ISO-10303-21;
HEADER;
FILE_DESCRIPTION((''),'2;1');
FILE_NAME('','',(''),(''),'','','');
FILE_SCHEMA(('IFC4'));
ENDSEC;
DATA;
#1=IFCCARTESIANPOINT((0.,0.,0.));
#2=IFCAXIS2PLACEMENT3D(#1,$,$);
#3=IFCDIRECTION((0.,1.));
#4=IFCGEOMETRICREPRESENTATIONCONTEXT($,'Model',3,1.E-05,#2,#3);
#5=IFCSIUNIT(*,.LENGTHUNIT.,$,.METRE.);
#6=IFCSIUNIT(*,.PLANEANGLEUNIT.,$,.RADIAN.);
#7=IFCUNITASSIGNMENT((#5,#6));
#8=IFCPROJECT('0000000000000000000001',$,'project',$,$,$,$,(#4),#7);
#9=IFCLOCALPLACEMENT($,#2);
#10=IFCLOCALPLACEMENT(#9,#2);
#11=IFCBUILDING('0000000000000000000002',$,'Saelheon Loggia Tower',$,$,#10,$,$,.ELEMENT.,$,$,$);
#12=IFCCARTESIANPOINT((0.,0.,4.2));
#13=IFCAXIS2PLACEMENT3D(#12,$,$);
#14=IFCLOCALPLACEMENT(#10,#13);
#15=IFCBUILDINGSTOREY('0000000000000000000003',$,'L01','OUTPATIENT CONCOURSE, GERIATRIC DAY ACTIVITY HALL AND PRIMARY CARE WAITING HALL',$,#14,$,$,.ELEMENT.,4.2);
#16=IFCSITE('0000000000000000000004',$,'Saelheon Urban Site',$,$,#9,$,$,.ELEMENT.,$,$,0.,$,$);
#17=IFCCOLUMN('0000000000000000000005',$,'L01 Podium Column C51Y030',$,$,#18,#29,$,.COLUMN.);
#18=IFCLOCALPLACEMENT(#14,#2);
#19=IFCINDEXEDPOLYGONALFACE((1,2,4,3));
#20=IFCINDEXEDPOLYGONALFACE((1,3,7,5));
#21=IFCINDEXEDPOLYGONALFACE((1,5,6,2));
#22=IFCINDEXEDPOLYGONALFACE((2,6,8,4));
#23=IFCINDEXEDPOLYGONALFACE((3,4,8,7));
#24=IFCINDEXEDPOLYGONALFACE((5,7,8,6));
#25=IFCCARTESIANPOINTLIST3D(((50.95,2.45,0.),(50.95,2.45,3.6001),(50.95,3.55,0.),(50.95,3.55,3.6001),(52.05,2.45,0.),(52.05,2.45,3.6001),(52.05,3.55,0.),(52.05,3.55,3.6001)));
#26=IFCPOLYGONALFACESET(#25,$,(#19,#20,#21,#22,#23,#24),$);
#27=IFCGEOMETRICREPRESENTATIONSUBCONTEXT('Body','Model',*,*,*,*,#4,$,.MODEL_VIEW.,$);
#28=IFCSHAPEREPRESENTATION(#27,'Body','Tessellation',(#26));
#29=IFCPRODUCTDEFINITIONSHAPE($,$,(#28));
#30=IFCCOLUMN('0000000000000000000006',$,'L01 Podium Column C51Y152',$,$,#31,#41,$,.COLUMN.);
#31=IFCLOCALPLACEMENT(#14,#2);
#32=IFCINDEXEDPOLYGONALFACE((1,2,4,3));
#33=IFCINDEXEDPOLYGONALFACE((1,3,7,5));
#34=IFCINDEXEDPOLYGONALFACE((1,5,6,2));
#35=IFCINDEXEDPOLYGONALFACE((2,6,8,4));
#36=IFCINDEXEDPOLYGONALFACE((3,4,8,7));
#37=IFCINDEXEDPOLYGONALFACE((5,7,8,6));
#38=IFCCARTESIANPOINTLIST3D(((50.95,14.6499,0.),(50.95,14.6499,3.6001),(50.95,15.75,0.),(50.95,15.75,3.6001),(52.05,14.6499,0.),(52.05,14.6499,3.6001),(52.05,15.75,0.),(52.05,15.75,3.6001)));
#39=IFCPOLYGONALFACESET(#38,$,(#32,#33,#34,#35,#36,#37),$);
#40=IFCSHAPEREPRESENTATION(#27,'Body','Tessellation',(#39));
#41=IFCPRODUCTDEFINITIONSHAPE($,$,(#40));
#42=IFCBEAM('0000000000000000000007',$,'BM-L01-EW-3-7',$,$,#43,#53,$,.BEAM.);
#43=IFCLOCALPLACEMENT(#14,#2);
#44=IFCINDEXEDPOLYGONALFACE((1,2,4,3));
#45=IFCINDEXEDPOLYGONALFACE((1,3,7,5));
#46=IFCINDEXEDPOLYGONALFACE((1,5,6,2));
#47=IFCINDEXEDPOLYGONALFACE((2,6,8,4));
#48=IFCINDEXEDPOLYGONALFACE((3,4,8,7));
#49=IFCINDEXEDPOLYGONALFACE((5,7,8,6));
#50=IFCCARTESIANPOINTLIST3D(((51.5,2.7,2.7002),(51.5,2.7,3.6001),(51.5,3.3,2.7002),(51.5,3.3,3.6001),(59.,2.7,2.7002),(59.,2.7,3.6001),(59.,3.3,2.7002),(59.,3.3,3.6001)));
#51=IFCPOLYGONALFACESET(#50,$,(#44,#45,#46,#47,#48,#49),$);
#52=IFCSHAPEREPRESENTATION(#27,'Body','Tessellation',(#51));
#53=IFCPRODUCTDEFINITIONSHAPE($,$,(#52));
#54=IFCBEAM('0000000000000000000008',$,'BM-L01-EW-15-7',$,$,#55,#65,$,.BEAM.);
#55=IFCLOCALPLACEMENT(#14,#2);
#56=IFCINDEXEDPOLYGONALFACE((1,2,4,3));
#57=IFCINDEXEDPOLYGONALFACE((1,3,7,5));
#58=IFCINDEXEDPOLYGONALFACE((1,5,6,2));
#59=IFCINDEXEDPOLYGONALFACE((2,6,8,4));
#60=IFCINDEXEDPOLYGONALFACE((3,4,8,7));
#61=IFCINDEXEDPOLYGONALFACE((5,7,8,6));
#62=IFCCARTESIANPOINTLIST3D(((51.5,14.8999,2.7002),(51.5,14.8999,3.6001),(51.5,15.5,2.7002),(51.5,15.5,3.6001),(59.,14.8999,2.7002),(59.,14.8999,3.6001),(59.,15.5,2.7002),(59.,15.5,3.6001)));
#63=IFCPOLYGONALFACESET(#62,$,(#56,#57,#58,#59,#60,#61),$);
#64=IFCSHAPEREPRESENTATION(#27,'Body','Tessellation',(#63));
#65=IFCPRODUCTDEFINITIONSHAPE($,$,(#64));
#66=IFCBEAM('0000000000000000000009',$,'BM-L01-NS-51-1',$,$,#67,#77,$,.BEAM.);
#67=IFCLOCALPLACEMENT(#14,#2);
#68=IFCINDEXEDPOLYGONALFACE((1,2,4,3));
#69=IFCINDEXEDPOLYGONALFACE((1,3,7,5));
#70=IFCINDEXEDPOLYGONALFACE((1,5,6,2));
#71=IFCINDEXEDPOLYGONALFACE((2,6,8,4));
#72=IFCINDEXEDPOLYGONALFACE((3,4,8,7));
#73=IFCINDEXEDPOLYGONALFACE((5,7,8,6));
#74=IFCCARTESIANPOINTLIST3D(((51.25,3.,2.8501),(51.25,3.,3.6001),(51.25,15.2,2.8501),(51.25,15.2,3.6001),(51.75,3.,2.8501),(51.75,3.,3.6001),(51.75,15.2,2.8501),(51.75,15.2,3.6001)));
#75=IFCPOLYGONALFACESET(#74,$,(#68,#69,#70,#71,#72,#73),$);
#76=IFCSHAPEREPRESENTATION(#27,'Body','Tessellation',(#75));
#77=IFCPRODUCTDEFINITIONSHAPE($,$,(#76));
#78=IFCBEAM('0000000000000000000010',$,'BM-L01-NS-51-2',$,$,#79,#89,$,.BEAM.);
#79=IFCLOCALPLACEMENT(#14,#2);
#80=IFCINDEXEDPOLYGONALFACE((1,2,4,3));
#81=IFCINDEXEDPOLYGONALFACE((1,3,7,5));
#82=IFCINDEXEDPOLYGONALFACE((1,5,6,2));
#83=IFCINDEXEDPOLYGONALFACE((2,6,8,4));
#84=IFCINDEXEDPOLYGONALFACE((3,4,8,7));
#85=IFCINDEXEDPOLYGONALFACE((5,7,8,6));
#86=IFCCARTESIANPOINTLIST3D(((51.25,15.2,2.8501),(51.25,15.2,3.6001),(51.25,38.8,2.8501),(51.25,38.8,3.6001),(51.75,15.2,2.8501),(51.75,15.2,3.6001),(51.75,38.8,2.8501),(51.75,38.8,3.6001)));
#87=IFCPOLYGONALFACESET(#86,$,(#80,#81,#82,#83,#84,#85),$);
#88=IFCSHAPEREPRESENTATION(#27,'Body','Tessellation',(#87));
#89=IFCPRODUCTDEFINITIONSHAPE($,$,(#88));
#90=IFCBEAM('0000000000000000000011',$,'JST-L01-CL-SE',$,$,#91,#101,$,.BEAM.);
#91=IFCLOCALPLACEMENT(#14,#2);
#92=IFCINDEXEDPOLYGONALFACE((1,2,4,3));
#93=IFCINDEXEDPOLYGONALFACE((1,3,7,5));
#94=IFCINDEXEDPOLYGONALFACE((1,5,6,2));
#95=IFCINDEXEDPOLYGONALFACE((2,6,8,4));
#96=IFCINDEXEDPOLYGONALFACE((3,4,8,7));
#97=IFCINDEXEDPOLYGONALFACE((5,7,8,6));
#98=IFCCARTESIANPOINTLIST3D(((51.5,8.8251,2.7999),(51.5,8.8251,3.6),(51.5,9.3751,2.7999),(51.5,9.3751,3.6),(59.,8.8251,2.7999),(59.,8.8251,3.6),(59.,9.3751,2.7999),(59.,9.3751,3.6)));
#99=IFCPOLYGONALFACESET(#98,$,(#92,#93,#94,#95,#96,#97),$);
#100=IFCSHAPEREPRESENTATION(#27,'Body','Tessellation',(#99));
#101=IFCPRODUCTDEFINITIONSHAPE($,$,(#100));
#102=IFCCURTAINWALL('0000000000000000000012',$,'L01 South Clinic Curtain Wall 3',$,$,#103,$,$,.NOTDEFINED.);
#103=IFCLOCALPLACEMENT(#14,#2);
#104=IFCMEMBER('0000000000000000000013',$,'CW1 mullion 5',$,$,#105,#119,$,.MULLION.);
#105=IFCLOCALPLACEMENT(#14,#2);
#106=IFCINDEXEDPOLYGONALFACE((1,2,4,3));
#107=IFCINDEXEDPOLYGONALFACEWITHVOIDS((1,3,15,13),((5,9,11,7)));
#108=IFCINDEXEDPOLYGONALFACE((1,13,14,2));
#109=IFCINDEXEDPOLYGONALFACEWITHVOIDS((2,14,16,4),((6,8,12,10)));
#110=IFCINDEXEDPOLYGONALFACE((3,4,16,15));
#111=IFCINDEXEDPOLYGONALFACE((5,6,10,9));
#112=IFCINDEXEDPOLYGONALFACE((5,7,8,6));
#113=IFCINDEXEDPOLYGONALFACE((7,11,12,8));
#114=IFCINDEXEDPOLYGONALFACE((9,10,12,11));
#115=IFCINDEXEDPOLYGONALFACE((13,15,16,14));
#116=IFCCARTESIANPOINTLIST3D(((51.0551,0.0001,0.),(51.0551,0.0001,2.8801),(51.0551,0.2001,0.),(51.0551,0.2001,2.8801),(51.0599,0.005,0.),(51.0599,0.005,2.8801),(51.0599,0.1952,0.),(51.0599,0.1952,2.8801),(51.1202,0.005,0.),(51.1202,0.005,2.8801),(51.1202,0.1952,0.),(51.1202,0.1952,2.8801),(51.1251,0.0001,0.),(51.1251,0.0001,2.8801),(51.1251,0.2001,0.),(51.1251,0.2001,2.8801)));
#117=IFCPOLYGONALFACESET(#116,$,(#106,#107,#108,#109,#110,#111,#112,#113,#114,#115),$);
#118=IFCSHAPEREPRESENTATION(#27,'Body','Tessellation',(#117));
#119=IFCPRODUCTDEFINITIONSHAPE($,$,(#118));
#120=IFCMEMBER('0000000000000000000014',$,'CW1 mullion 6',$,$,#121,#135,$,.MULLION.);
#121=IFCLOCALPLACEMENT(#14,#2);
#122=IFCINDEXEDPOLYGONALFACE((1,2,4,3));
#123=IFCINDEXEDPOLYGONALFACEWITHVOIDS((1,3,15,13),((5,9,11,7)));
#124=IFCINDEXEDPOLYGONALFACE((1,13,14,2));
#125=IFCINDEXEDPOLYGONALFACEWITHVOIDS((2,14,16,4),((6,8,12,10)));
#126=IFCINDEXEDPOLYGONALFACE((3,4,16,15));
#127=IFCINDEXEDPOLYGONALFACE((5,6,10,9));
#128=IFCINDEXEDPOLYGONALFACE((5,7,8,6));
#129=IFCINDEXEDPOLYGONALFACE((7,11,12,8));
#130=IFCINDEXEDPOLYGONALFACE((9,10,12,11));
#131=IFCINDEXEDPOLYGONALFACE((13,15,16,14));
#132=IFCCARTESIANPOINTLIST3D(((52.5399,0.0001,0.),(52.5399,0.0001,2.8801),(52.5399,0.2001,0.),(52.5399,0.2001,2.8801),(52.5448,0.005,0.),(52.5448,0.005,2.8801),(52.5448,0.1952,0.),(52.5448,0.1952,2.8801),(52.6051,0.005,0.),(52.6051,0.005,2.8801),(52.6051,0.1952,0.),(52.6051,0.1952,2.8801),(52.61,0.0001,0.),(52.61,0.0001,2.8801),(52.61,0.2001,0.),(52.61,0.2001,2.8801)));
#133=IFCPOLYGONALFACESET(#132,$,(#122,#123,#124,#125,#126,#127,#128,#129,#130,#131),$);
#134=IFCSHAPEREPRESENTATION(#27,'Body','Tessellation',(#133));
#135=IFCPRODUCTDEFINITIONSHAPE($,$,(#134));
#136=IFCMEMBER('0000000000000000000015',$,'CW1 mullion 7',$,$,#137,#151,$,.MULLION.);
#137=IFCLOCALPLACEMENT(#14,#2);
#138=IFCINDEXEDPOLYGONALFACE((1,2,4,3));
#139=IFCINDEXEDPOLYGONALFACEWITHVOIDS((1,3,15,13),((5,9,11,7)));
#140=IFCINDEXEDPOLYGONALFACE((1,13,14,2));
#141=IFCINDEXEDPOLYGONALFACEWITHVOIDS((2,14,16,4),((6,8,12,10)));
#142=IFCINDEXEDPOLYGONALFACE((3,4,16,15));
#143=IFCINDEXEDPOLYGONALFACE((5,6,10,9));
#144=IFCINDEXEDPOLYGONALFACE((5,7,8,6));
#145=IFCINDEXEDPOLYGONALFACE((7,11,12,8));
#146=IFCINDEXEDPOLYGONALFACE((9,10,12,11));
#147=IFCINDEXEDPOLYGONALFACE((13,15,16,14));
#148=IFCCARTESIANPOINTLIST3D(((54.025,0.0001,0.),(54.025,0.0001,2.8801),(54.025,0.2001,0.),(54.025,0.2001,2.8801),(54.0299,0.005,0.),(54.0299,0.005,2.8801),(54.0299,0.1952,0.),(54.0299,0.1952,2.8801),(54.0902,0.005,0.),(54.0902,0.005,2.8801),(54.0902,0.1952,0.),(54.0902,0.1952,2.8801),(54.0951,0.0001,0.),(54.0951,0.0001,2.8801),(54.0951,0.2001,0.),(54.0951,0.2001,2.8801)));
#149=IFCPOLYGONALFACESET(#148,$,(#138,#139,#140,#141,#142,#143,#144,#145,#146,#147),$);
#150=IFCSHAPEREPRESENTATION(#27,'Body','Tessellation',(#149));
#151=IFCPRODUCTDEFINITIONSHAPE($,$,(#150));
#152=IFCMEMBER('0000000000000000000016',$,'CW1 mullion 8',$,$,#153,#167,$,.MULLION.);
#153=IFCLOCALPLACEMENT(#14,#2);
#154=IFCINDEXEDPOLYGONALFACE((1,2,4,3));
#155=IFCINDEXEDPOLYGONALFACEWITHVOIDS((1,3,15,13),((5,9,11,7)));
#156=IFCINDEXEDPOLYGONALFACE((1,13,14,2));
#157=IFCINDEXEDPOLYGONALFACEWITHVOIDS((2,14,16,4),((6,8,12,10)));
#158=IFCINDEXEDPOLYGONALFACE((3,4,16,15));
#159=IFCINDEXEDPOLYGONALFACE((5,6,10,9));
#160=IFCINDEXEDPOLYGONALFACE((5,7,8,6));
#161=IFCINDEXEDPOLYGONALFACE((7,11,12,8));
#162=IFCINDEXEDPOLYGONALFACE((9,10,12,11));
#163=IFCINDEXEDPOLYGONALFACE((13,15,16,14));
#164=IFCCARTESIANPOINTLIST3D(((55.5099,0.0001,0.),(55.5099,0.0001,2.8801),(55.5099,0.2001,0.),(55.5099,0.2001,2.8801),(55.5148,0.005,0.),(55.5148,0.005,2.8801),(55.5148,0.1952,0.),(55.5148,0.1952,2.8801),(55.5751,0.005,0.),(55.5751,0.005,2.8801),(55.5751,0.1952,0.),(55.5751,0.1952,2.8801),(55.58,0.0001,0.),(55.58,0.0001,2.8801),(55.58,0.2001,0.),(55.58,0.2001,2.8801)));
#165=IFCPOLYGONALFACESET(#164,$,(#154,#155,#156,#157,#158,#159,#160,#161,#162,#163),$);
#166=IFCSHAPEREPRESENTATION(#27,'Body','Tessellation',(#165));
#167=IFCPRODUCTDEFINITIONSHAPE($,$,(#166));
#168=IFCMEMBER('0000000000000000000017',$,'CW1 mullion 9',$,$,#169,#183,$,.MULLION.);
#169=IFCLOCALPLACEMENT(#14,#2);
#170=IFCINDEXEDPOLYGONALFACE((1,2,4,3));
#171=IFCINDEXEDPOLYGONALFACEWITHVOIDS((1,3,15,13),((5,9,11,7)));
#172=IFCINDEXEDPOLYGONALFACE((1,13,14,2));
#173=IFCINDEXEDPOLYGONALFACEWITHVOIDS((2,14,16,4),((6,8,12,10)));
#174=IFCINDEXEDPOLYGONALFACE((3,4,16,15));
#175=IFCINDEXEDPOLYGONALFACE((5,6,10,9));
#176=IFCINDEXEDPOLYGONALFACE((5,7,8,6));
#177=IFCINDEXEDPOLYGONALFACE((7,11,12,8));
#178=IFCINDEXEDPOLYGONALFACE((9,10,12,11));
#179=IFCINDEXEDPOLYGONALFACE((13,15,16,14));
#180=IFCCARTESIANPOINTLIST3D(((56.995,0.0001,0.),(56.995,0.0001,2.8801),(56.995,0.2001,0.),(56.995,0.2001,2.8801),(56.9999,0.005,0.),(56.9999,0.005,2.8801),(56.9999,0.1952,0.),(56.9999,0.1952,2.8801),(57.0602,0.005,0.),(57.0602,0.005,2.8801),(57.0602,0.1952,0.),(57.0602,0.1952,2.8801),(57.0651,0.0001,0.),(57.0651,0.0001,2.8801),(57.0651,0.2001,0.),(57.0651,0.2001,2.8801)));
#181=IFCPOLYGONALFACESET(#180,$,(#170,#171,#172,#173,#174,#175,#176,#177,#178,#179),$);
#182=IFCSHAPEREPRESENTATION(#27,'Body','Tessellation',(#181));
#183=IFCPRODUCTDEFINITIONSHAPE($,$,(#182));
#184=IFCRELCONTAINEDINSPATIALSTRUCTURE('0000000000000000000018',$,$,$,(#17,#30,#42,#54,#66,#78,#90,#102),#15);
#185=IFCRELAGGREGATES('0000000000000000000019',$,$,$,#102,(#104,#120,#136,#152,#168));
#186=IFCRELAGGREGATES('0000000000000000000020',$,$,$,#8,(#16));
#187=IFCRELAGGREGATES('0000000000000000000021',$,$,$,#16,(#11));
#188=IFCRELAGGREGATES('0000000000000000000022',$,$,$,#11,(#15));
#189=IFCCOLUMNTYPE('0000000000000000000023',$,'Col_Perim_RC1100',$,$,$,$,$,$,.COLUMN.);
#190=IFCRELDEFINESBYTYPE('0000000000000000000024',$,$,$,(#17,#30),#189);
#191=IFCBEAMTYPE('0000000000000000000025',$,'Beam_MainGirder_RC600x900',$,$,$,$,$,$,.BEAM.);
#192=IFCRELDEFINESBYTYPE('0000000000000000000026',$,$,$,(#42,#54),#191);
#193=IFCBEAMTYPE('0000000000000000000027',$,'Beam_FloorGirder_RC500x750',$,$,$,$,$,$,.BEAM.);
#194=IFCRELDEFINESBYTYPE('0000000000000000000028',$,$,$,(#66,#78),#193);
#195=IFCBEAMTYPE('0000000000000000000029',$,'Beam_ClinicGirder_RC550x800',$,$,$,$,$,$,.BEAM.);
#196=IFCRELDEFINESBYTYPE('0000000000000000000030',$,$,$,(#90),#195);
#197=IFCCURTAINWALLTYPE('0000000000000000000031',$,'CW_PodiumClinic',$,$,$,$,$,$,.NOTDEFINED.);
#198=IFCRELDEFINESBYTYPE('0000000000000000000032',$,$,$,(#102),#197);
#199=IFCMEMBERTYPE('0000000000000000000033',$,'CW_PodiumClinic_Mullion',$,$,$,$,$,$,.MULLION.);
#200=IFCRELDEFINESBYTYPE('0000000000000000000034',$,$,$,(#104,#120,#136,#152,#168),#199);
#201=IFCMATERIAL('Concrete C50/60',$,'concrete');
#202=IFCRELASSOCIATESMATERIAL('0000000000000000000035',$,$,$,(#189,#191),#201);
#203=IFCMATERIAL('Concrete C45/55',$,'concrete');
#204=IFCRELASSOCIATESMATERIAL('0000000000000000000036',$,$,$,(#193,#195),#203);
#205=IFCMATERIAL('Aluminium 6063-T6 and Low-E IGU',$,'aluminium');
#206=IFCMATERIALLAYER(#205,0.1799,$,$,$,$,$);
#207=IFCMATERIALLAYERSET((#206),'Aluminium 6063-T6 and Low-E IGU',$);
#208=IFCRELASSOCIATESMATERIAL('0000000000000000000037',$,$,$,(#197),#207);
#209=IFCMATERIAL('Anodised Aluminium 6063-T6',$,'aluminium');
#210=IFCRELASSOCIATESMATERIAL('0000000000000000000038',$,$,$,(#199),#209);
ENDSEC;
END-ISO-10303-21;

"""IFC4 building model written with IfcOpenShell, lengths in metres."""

from ifc_helpers import new_model, si_unit, direction, frame, origin, origin_2d, place, context, subcontext, project, spatial, rectangle, hollow_rectangle, extrude, source, transform, mapped, material, layer, layer_set, material_profile, profile_set, type_object, element, aggregate, save


model = new_model("IFC4")

# Units and contexts
model_context = context("Model", 3, precision=1e-05, world=origin(), true_north=direction((0.0, 1.0)))
body_context = subcontext(model_context, "Body", "Model", "MODEL_VIEW")
ifc_project = project(units=[si_unit("LENGTHUNIT", "METRE"), si_unit("PLANEANGLEUNIT", "RADIAN")], contexts=[model_context])

# Site, building, storey
site_placement = place(None, origin())
site = spatial("IfcSite", under=ifc_project, at=site_placement, Name="Saelheon Urban Site", CompositionType="ELEMENT", RefElevation=0.0)
building_placement = place(site_placement, origin())
building = spatial("IfcBuilding", under=site, at=building_placement, Name="Saelheon Loggia Tower", CompositionType="ELEMENT")
storey_placement = place(building_placement, frame((0.0, 0.0, 4.2)))
storey = spatial("IfcBuildingStorey", under=building, at=storey_placement, Name="L01", Description="OUTPATIENT CONCOURSE, GERIATRIC DAY ACTIVITY HALL AND PRIMARY CARE WAITING HALL", CompositionType="ELEMENT", Elevation=4.2)

# Columns
ifc_material_1 = material(Name="Concrete C50/60", Category="concrete")
ifc_material_profile_1 = material_profile(ifc_material_1, rectangle(XDim=1.1001, YDim=1.1001, at=origin_2d()), Name="RC-1100x1100")
ifc_profile_set_1 = profile_set([ifc_material_profile_1], Name="Concrete C50/60")
column_type = type_object("IfcColumnType", Name="Col_Perim_RC1100", PredefinedType="COLUMN", material=ifc_profile_set_1)
shared_shape_1 = source(origin(), body_context, "Body", "SweptSolid", [
    extrude(rectangle(XDim=1.1001, YDim=1.1001, at=origin_2d()), origin(), (0.0, 0.0, 1.0), 3.6001),
])
for number, where, z_axis, x_axis, name in (
    (1, (51.5, 3.0, 0.0), (0.0, 0.0, 1.0), (1.0, 0.0, 0.0), "L01 Podium Column C51Y030"),
    (2, (51.5, 15.2, 0.0), (0.0, 0.0, 1.0), (1.0, 0.0, 0.0), "L01 Podium Column C51Y152"),
):
    element("IfcColumn", number, at=place(storey_placement, frame(where, z_axis=z_axis, x_axis=x_axis)), inside=storey, type_object=column_type, Name=name, PredefinedType="COLUMN", context=body_context, shape_type="MappedRepresentation", body=[
        mapped(shared_shape_1, transform((0.0, 0.0, 0.0), scale=1.0)),
    ])

# Beams
ifc_material_profile_2 = material_profile(ifc_material_1, rectangle(XDim=0.6001, YDim=0.8999, at=origin_2d()), Name="RC-600x900")
ifc_profile_set_2 = profile_set([ifc_material_profile_2], Name="Concrete C50/60")
beam_type_1 = type_object("IfcBeamType", Name="Beam_MainGirder_RC600x900", PredefinedType="BEAM", material=ifc_profile_set_2)
shared_shape_2 = source(origin(), body_context, "Body", "SweptSolid", [
    extrude(rectangle(XDim=0.6001, YDim=0.8999, at=origin_2d()), origin(), (0.0, 0.0, 1.0), 7.5),
])
for number, where, z_axis, x_axis, name in (
    (3, (51.5, 3.0, 3.1501), (1.0, 0.0, 0.0), (0.0, 1.0, 0.0), "BM-L01-EW-3-7"),
    (4, (51.5, 15.2, 3.1501), (1.0, 0.0, 0.0), (0.0, 1.0, 0.0), "BM-L01-EW-15-7"),
):
    element("IfcBeam", number, at=place(storey_placement, frame(where, z_axis=z_axis, x_axis=x_axis)), inside=storey, type_object=beam_type_1, Name=name, PredefinedType="BEAM", context=body_context, shape_type="MappedRepresentation", body=[
        mapped(shared_shape_2, transform((0.0, 0.0, 0.0), scale=1.0)),
    ])
ifc_material_2 = material(Name="Concrete C45/55", Category="concrete")
ifc_material_profile_3 = material_profile(ifc_material_2, rectangle(XDim=0.5, YDim=0.75, at=origin_2d()), Name="RC-500x750")
ifc_profile_set_3 = profile_set([ifc_material_profile_3], Name="Concrete C45/55")
beam_type_2 = type_object("IfcBeamType", Name="Beam_FloorGirder_RC500x750", PredefinedType="BEAM", material=ifc_profile_set_3)
shared_shape_3 = source(origin(), body_context, "Body", "SweptSolid", [
    extrude(rectangle(XDim=0.5, YDim=0.75, at=origin_2d()), origin(), (0.0, 0.0, 1.0), 12.2),
])
beam_1_placement = place(storey_placement, frame((51.5, 3.0, 3.2251), z_axis=(0.0, 1.0, 0.0), x_axis=(-1.0, 0.0, 0.0)))
element("IfcBeam", 5, at=beam_1_placement, inside=storey, type_object=beam_type_2, Name="BM-L01-NS-51-1", PredefinedType="BEAM", context=body_context, shape_type="MappedRepresentation", body=[
    mapped(shared_shape_3, transform((0.0, 0.0, 0.0), scale=1.0)),
])
shared_shape_4 = source(origin(), body_context, "Body", "SweptSolid", [
    extrude(rectangle(XDim=0.5, YDim=0.75, at=origin_2d()), origin(), (0.0, 0.0, 1.0), 23.6001),
])
beam_2_placement = place(storey_placement, frame((51.5, 15.2, 3.2251), z_axis=(0.0, 1.0, 0.0), x_axis=(-1.0, 0.0, 0.0)))
element("IfcBeam", 6, at=beam_2_placement, inside=storey, type_object=beam_type_2, Name="BM-L01-NS-51-2", PredefinedType="BEAM", context=body_context, shape_type="MappedRepresentation", body=[
    mapped(shared_shape_4, transform((0.0, 0.0, 0.0), scale=1.0)),
])
ifc_material_profile_4 = material_profile(ifc_material_2, rectangle(XDim=0.55, YDim=0.8, at=origin_2d()), Name="RC-550x800")
ifc_profile_set_4 = profile_set([ifc_material_profile_4], Name="Concrete C45/55")
beam_type_3 = type_object("IfcBeamType", Name="Beam_ClinicGirder_RC550x800", PredefinedType="BEAM", material=ifc_profile_set_4)
shared_shape_5 = source(origin(), body_context, "Body", "SweptSolid", [
    extrude(rectangle(XDim=0.55, YDim=0.8, at=origin_2d()), origin(), (0.0, 0.0, 1.0), 7.5),
])
beam_3_placement = place(storey_placement, frame((51.5, 9.1001, 3.2), z_axis=(1.0, 0.0, 0.0), x_axis=(0.0, 1.0, 0.0)))
element("IfcBeam", 7, at=beam_3_placement, inside=storey, type_object=beam_type_3, Name="JST-L01-CL-SE", PredefinedType="BEAM", context=body_context, shape_type="MappedRepresentation", body=[
    mapped(shared_shape_5, transform((0.0, 0.0, 0.0), scale=1.0)),
])

# Curtain wall, members
ifc_material_3 = material(Name="Aluminium 6063-T6 and Low-E IGU", Category="aluminium")
ifc_layer_1 = layer(ifc_material_3, 0.1799)
ifc_layer_set_1 = layer_set([ifc_layer_1], Name="Aluminium 6063-T6 and Low-E IGU")
curtain_wall_type = type_object("IfcCurtainWallType", Name="CW_PodiumClinic", PredefinedType="NOTDEFINED", material=ifc_layer_set_1)
curtain_wall_placement = place(storey_placement, origin())
curtain_wall = element("IfcCurtainWall", 8, at=curtain_wall_placement, inside=storey, type_object=curtain_wall_type, Name="L01 South Clinic Curtain Wall 3", PredefinedType="NOTDEFINED")
ifc_material_4 = material(Name="Anodised Aluminium 6063-T6", Category="aluminium")
ifc_material_profile_5 = material_profile(ifc_material_4, hollow_rectangle(XDim=0.0701, YDim=0.2, WallThickness=0.0049, at=origin_2d()), Name="RHS-200x70x5")
ifc_profile_set_5 = profile_set([ifc_material_profile_5], Name="Anodised Aluminium 6063-T6")
member_type_1 = type_object("IfcMemberType", Name="CW_PodiumClinic_Mullion", PredefinedType="MULLION", material=ifc_profile_set_5)
shared_shape_6 = source(origin(), body_context, "Body", "SweptSolid", [
    extrude(hollow_rectangle(XDim=0.0701, YDim=0.2, WallThickness=0.0049, at=origin_2d()), origin(), (0.0, 0.0, 1.0), 2.8801),
])
member_1_placement = place(storey_placement, frame((51.0901, 0.1001, 0.0), z_axis=(0.0, 0.0, 1.0), x_axis=(1.0, 0.0, 0.0)))
member_1 = element("IfcMember", 9, at=member_1_placement, type_object=member_type_1, Name="CW1 mullion 5", PredefinedType="MULLION", context=body_context, shape_type="MappedRepresentation", body=[
    mapped(shared_shape_6, transform((0.0, 0.0, 0.0), scale=1.0)),
])
member_2_placement = place(storey_placement, frame((52.575, 0.1001, 0.0), z_axis=(0.0, 0.0, 1.0), x_axis=(1.0, 0.0, 0.0)))
member_2 = element("IfcMember", 10, at=member_2_placement, type_object=member_type_1, Name="CW1 mullion 6", PredefinedType="MULLION", context=body_context, shape_type="MappedRepresentation", body=[
    mapped(shared_shape_6, transform((0.0, 0.0, 0.0), scale=1.0)),
])
member_3_placement = place(storey_placement, frame((54.0601, 0.1001, 0.0), z_axis=(0.0, 0.0, 1.0), x_axis=(1.0, 0.0, 0.0)))
member_3 = element("IfcMember", 11, at=member_3_placement, type_object=member_type_1, Name="CW1 mullion 7", PredefinedType="MULLION", context=body_context, shape_type="MappedRepresentation", body=[
    mapped(shared_shape_6, transform((0.0, 0.0, 0.0), scale=1.0)),
])
member_4_placement = place(storey_placement, frame((55.5449, 0.1001, 0.0), z_axis=(0.0, 0.0, 1.0), x_axis=(1.0, 0.0, 0.0)))
member_4 = element("IfcMember", 12, at=member_4_placement, type_object=member_type_1, Name="CW1 mullion 8", PredefinedType="MULLION", context=body_context, shape_type="MappedRepresentation", body=[
    mapped(shared_shape_6, transform((0.0, 0.0, 0.0), scale=1.0)),
])
member_5_placement = place(storey_placement, frame((57.03, 0.1001, 0.0), z_axis=(0.0, 0.0, 1.0), x_axis=(1.0, 0.0, 0.0)))
member_5 = element("IfcMember", 13, at=member_5_placement, type_object=member_type_1, Name="CW1 mullion 9", PredefinedType="MULLION", context=body_context, shape_type="MappedRepresentation", body=[
    mapped(shared_shape_6, transform((0.0, 0.0, 0.0), scale=1.0)),
])
aggregate(curtain_wall, [member_1, member_2, member_3, member_4, member_5])

save(model, "model.ifc")
